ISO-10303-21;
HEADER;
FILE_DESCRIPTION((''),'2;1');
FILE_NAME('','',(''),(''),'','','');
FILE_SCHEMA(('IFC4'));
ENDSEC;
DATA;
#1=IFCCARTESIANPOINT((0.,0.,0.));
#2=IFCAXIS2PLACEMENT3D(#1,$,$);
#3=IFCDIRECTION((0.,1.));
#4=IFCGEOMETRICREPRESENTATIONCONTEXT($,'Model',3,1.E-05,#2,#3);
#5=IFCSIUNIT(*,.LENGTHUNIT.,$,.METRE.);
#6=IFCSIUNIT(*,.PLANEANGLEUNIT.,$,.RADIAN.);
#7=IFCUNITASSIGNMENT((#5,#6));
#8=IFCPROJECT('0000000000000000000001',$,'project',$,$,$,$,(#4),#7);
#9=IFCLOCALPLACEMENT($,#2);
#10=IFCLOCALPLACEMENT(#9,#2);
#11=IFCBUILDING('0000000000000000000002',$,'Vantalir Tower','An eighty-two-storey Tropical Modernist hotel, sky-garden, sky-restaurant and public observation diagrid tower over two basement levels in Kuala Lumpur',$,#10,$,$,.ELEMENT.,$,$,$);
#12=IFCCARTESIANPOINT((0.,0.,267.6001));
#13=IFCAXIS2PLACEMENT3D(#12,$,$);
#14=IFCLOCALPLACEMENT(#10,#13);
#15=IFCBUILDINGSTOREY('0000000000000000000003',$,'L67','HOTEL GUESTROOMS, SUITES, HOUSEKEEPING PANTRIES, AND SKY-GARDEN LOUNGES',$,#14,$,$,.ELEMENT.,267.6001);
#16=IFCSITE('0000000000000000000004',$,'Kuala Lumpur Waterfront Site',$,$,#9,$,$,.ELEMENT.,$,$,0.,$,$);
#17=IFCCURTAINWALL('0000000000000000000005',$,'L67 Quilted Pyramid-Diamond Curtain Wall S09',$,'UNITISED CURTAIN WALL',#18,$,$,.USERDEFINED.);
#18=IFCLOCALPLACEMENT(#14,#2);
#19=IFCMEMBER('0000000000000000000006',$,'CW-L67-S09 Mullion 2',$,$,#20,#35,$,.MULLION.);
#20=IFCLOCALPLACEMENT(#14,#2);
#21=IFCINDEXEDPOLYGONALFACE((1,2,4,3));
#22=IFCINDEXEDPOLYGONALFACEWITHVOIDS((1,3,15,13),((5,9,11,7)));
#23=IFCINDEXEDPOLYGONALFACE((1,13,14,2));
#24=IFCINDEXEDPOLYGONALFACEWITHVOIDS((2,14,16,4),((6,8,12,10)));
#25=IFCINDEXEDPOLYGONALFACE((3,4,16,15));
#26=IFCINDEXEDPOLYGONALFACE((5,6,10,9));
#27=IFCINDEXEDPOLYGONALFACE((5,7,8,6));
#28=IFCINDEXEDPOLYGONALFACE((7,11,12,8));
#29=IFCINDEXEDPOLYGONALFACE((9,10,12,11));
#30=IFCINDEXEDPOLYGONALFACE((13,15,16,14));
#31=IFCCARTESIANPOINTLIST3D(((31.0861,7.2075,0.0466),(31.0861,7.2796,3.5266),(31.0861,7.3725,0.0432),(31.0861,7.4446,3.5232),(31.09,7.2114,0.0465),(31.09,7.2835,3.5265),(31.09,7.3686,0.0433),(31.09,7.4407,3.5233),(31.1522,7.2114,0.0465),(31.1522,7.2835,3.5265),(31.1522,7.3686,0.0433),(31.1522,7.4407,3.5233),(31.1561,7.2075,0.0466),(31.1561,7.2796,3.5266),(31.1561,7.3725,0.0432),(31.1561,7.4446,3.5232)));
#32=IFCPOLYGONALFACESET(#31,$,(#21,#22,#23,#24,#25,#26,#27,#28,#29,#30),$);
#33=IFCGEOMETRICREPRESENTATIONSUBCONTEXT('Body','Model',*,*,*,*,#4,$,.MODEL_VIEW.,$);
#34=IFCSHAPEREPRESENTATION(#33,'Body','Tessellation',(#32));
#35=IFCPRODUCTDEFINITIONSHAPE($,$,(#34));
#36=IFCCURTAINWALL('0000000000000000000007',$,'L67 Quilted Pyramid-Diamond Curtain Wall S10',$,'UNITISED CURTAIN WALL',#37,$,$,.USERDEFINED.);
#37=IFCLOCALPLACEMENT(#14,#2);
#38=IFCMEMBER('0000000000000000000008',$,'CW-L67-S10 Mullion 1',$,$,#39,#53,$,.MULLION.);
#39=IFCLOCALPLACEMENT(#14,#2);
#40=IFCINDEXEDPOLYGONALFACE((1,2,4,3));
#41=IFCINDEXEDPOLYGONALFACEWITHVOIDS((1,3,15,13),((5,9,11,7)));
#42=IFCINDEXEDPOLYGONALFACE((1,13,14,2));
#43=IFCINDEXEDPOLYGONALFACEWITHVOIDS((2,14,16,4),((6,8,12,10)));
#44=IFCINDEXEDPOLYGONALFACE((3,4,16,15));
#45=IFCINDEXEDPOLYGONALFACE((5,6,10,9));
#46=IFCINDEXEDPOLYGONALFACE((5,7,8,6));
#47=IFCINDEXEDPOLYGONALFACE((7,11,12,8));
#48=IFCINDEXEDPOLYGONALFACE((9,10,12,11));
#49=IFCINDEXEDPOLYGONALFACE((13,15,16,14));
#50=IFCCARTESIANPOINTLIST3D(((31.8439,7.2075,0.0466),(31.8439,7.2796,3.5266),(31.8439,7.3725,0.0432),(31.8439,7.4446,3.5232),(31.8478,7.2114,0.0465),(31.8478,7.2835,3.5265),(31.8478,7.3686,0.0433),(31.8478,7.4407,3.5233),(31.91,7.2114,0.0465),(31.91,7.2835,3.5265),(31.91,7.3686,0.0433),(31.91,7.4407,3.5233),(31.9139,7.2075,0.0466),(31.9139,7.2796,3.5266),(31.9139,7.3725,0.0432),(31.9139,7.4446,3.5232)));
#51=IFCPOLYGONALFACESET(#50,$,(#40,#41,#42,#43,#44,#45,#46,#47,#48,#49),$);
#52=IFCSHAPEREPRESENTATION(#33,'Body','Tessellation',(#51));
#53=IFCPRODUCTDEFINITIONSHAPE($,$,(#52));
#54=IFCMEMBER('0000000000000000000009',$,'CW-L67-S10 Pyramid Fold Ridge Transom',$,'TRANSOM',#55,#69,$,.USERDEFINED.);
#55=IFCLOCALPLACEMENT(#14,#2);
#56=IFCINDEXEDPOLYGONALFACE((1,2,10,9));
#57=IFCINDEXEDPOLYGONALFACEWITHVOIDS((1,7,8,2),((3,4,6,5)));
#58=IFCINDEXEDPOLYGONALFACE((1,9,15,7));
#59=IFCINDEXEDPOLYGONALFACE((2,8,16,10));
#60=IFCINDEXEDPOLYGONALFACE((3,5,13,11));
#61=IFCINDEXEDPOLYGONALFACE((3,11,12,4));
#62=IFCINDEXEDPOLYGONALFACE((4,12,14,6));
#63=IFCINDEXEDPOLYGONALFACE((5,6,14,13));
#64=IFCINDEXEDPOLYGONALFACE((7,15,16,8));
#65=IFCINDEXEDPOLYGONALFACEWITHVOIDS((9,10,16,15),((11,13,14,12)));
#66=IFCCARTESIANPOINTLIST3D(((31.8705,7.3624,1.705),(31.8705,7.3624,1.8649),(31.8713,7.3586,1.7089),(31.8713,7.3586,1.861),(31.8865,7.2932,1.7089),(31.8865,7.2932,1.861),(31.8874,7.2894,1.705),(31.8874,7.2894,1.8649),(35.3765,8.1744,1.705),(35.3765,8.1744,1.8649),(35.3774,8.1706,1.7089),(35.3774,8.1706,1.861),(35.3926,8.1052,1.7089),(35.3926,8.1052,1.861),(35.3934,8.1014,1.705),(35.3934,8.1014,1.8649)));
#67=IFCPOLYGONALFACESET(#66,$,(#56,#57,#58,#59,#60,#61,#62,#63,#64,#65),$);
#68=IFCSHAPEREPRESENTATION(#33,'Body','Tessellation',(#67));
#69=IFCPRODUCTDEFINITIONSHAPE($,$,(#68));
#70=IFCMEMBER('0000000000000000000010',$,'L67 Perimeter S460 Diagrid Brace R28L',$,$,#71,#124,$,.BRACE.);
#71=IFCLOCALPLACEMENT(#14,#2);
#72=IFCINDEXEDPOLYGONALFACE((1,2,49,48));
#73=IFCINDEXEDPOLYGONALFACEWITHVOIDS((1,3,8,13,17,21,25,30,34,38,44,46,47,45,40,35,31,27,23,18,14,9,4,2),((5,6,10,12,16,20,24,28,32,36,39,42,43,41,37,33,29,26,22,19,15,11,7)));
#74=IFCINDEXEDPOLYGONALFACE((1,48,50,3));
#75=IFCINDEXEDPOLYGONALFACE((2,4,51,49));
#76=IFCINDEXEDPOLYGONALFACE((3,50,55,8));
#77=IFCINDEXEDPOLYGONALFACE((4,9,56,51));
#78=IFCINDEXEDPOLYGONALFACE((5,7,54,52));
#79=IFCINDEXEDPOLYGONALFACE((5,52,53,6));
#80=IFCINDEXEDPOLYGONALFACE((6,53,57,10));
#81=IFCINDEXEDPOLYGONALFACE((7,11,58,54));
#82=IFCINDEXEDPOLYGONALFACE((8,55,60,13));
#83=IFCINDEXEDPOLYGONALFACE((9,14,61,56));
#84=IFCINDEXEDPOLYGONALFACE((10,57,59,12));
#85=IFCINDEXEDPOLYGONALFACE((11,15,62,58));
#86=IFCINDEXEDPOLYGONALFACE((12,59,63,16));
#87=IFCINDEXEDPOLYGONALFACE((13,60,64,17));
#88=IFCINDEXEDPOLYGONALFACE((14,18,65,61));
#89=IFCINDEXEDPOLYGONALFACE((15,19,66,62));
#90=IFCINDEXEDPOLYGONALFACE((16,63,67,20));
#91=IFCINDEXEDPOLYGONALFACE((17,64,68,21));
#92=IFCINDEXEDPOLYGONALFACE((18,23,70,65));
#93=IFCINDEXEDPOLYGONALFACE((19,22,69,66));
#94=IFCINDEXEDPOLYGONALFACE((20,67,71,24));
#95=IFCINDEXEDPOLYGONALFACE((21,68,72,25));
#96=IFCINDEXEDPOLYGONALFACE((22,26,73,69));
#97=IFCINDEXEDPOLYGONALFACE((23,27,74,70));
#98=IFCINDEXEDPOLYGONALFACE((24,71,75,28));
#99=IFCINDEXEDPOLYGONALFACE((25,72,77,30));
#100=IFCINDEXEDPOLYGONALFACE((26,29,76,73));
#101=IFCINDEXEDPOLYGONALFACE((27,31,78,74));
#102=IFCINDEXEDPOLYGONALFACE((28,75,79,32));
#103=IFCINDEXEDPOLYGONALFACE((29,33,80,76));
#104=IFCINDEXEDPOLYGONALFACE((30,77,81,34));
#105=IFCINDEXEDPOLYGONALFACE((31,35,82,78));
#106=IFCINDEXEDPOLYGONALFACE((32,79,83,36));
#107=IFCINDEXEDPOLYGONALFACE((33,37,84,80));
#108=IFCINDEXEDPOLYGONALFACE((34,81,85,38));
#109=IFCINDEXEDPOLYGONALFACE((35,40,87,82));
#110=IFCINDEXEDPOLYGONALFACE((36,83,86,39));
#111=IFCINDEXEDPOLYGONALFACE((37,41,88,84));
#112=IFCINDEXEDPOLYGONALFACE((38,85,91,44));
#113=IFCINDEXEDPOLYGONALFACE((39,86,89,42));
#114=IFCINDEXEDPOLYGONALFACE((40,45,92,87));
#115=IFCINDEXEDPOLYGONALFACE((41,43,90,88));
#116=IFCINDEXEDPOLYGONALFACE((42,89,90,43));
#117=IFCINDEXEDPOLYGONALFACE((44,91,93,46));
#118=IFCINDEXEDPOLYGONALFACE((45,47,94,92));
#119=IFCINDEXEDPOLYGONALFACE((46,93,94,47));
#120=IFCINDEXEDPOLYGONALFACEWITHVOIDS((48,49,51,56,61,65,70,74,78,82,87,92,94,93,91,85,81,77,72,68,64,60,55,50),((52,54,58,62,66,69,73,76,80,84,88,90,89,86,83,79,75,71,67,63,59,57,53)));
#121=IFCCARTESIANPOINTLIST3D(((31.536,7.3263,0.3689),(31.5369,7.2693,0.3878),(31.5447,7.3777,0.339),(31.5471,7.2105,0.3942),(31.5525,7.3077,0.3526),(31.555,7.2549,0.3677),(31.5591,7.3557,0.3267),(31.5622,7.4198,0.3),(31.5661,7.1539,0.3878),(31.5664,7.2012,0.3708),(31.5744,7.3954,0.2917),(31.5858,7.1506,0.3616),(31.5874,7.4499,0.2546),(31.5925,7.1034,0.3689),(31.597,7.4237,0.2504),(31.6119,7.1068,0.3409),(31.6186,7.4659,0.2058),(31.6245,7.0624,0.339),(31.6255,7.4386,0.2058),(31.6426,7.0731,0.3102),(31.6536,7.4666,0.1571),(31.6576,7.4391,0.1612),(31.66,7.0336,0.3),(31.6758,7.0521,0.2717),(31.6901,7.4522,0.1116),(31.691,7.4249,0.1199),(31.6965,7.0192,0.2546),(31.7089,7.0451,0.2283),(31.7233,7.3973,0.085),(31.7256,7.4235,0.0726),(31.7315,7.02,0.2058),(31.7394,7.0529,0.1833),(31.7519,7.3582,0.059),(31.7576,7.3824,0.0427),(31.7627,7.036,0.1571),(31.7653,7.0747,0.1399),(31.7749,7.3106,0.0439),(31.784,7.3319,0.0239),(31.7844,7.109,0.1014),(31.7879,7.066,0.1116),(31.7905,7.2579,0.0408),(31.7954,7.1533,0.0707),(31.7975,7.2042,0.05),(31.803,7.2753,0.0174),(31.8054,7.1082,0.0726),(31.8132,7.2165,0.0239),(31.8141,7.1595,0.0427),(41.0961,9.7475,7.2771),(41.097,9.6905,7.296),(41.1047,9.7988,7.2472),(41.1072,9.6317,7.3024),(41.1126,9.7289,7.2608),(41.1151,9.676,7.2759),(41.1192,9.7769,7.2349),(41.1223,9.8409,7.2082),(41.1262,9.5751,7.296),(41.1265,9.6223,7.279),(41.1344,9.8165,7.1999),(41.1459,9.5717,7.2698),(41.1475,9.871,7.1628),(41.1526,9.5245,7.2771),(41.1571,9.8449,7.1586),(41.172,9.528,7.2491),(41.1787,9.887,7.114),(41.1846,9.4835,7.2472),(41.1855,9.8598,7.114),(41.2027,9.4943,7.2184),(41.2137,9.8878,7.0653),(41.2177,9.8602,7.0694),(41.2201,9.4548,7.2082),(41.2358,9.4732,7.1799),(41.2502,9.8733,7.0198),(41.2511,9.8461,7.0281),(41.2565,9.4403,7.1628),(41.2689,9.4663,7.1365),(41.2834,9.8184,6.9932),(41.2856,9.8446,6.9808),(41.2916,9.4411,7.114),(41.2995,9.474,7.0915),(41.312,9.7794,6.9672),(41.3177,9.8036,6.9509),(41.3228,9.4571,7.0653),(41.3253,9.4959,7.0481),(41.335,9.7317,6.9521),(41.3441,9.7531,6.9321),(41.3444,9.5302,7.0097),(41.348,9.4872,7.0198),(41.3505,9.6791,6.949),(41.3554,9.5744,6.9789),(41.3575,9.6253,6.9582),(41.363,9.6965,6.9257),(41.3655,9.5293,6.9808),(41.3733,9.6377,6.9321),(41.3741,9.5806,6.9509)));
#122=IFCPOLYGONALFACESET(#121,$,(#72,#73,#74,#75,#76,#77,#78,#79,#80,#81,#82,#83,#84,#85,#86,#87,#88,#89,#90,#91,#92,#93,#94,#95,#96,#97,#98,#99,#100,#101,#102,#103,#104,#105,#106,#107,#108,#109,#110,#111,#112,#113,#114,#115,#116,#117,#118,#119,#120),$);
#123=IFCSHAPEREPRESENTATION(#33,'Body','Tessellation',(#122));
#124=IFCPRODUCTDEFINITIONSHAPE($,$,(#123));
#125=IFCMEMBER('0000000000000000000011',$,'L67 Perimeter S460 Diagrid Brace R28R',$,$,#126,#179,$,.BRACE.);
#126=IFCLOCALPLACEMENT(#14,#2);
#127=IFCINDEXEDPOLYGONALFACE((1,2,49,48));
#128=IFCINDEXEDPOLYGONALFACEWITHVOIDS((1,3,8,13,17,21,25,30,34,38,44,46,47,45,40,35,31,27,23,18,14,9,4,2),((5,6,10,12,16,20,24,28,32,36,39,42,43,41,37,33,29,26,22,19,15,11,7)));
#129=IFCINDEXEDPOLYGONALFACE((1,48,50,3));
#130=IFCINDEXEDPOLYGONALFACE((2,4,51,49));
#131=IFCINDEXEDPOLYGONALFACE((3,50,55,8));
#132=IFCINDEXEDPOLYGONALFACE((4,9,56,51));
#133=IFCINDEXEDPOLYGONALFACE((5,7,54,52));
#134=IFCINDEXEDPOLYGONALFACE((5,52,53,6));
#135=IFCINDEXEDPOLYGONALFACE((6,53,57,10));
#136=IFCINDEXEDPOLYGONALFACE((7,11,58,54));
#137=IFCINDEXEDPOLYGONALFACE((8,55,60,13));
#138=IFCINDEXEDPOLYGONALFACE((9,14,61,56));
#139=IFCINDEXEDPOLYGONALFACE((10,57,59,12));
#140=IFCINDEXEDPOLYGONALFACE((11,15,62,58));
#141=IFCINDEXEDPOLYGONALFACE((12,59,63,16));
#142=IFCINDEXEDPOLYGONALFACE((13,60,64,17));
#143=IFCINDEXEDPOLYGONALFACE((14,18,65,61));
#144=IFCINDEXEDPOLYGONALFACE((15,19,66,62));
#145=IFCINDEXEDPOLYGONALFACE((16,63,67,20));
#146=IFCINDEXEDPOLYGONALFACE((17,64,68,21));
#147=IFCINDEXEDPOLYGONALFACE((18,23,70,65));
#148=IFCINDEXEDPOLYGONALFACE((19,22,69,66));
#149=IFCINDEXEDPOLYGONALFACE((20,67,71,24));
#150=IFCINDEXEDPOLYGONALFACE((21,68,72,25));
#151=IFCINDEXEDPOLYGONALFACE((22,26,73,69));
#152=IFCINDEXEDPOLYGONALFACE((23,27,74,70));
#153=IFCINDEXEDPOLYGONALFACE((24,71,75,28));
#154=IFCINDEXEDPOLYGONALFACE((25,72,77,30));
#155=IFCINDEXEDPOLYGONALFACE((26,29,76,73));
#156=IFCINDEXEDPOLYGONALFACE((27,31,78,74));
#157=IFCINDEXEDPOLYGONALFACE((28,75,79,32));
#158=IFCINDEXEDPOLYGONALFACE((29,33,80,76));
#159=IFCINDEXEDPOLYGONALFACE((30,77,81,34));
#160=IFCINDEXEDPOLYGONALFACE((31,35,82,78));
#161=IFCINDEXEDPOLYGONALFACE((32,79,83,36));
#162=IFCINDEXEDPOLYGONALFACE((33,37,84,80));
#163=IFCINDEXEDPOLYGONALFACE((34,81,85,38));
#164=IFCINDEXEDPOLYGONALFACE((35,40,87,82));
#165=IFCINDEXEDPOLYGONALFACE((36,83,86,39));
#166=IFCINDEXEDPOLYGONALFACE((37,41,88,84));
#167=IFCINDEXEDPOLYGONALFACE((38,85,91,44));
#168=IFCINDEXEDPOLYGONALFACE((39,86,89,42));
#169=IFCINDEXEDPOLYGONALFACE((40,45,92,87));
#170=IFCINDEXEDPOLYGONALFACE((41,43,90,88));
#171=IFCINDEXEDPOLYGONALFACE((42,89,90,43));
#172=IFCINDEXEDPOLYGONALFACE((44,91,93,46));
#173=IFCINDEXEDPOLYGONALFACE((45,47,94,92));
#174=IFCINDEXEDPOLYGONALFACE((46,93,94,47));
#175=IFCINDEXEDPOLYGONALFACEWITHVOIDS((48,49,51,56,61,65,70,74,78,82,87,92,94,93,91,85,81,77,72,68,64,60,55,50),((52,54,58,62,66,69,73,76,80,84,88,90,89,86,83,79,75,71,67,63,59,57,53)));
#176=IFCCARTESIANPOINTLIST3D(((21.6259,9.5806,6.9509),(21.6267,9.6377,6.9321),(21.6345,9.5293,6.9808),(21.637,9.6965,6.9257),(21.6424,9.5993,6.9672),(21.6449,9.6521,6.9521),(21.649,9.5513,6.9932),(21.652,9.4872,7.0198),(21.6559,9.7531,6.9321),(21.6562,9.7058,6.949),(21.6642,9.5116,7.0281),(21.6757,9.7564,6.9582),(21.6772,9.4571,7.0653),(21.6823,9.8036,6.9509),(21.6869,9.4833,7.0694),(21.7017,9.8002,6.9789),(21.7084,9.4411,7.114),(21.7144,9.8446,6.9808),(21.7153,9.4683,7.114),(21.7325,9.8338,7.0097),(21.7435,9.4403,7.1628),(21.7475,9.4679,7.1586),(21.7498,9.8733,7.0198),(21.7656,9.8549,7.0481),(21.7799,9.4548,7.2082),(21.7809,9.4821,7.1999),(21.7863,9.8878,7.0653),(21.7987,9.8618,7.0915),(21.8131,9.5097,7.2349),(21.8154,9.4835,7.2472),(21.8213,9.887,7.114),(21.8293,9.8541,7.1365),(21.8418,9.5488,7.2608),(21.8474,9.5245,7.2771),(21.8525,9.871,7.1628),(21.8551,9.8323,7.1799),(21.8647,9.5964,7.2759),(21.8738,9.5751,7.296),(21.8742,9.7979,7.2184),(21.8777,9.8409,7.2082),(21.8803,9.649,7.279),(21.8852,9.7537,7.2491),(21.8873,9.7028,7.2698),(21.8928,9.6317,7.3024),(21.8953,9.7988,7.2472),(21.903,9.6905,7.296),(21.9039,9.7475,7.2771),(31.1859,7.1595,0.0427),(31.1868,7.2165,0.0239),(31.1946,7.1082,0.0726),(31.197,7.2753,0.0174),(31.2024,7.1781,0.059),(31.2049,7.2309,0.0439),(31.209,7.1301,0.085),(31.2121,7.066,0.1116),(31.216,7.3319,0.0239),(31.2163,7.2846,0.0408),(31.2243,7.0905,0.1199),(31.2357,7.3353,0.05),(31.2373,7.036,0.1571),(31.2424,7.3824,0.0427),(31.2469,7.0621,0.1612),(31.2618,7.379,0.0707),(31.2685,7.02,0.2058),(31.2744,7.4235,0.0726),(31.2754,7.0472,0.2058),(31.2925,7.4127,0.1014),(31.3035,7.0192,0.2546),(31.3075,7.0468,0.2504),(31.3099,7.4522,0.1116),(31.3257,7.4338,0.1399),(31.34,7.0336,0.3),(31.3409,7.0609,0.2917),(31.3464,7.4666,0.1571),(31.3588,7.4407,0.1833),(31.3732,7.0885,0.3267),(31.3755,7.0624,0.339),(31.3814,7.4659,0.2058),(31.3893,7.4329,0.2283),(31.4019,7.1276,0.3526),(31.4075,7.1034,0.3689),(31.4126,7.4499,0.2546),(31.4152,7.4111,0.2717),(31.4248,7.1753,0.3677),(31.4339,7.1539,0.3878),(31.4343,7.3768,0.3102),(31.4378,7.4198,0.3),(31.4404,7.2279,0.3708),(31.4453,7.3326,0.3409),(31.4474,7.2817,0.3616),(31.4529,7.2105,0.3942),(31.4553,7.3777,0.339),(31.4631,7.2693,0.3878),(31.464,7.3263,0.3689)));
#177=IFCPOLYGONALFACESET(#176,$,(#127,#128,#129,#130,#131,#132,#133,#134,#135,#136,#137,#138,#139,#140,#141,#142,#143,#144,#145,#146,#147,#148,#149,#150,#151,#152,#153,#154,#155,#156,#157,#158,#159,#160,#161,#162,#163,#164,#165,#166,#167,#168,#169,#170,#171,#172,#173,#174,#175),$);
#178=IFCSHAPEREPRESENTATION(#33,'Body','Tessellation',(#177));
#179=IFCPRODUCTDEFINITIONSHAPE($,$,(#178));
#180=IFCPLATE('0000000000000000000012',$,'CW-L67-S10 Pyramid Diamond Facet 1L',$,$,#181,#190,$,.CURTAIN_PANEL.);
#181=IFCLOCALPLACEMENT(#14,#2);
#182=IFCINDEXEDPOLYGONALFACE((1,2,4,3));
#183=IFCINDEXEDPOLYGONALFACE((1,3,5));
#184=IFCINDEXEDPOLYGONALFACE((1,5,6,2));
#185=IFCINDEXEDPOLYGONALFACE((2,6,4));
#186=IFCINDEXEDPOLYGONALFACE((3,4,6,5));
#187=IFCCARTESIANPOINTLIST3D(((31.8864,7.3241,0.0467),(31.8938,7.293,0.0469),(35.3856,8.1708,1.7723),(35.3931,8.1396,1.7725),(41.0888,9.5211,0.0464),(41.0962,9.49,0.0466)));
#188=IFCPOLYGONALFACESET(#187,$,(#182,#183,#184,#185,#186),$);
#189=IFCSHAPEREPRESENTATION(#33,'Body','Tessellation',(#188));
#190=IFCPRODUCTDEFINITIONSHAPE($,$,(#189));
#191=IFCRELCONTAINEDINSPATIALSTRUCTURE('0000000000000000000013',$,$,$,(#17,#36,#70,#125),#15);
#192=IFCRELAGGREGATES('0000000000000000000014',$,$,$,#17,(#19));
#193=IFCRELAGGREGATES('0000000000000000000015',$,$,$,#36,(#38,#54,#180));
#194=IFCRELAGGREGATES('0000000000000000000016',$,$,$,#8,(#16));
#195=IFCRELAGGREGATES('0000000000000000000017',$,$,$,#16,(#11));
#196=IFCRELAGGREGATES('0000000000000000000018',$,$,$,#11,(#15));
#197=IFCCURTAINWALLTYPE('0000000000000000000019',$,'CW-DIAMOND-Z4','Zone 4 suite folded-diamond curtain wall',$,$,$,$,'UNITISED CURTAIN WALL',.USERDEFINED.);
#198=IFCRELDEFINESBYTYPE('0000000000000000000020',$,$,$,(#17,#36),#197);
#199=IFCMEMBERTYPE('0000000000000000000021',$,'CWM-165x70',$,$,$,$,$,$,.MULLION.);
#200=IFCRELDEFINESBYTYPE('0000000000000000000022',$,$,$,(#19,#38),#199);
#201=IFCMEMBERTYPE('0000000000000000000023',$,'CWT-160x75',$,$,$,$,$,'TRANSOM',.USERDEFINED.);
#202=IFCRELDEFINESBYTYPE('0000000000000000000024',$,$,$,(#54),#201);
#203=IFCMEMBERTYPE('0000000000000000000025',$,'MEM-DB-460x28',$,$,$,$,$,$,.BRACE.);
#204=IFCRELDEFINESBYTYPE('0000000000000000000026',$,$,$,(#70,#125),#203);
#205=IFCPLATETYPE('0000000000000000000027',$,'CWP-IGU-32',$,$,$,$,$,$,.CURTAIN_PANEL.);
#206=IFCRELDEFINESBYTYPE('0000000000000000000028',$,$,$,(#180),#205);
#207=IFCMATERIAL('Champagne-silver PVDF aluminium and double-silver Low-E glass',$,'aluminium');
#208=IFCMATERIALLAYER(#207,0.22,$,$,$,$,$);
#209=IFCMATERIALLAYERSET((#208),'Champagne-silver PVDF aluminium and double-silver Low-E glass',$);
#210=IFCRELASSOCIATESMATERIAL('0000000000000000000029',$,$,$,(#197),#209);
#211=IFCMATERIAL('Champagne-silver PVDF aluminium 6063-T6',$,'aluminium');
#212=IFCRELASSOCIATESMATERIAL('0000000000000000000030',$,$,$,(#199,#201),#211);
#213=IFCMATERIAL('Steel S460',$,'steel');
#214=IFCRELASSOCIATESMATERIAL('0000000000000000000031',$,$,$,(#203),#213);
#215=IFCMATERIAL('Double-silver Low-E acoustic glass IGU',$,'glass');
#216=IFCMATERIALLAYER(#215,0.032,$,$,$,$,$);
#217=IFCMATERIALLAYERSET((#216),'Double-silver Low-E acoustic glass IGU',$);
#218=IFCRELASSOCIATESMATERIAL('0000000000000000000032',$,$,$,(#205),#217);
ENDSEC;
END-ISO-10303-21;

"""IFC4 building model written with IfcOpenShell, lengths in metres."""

from ifc_helpers import new_model, si_unit, direction, frame, origin, origin_2d, place, context, subcontext, project, spatial, polyline, hollow_rectangle, hollow_circle, outline, extrude, material, layer, layer_set, material_profile, profile_set, type_object, element, aggregate, save


model = new_model("IFC4")

# Units and contexts
model_context = context("Model", 3, precision=1e-05, world=origin(), true_north=direction((0.0, 1.0)))
body_context = subcontext(model_context, "Body", "Model", "MODEL_VIEW")
ifc_project = project(units=[si_unit("LENGTHUNIT", "METRE"), si_unit("PLANEANGLEUNIT", "RADIAN")], contexts=[model_context])

# Site, building, storey
site_placement = place(None, origin())
site = spatial("IfcSite", under=ifc_project, at=site_placement, Name="Kuala Lumpur Waterfront Site", CompositionType="ELEMENT", RefElevation=0.0)
building_placement = place(site_placement, origin())
building = spatial("IfcBuilding", under=site, at=building_placement, Name="Vantalir Tower", Description="An eighty-two-storey Tropical Modernist hotel, sky-garden, sky-restaurant and public observation diagrid tower over two basement levels in Kuala Lumpur", CompositionType="ELEMENT")
storey_placement = place(building_placement, frame((0.0, 0.0, 267.6001)))
storey = spatial("IfcBuildingStorey", under=building, at=storey_placement, Name="L67", Description="HOTEL GUESTROOMS, SUITES, HOUSEKEEPING PANTRIES, AND SKY-GARDEN LOUNGES", CompositionType="ELEMENT", Elevation=267.6001)

# Shared definitions
ifc_material_1 = material(Name="Steel S460", Category="steel")

# Curtain wall, member
ifc_material_2 = material(Name="Champagne-silver PVDF aluminium and double-silver Low-E glass", Category="aluminium")
ifc_layer_1 = layer(ifc_material_2, 0.22)
ifc_layer_set_1 = layer_set([ifc_layer_1], Name="Champagne-silver PVDF aluminium and double-silver Low-E glass")
curtain_wall_type = type_object("IfcCurtainWallType", Name="CW-DIAMOND-Z4", Description="Zone 4 suite folded-diamond curtain wall", ElementType="UNITISED CURTAIN WALL", PredefinedType="USERDEFINED", material=ifc_layer_set_1)
curtain_wall_1_placement = place(storey_placement, origin())
curtain_wall_1 = element("IfcCurtainWall", 1, at=curtain_wall_1_placement, inside=storey, type_object=curtain_wall_type, Name="L67 Quilted Pyramid-Diamond Curtain Wall S09", ObjectType="UNITISED CURTAIN WALL", PredefinedType="USERDEFINED")
ifc_material_3 = material(Name="Champagne-silver PVDF aluminium 6063-T6", Category="aluminium")
ifc_material_profile_1 = material_profile(ifc_material_3, hollow_rectangle(XDim=0.0701, YDim=0.165, WallThickness=0.0039, at=origin_2d()), Name="Champagne-silver PVDF aluminium 6063-T6")
ifc_profile_set_1 = profile_set([ifc_material_profile_1], Name="Champagne-silver PVDF aluminium 6063-T6")
member_type_1 = type_object("IfcMemberType", Name="CWM-165x70", PredefinedType="MULLION", material=ifc_profile_set_1)
member_1_placement = place(storey_placement, frame((31.1211, 7.29, 0.0449), z_axis=(0.0, 0.020692, 0.999786), x_axis=(-1.0, 0.0, 0.0)))
member_1 = element("IfcMember", 2, at=member_1_placement, type_object=member_type_1, Name="CW-L67-S09 Mullion 2", PredefinedType="MULLION", context=body_context, shape_type="SweptSolid", body=[
    extrude(hollow_rectangle(XDim=0.0701, YDim=0.165, WallThickness=0.0039, at=origin_2d()), origin(), (0.0, 0.0, 1.0), 3.4807),
])
aggregate(curtain_wall_1, [member_1])

# Curtain wall, members
curtain_wall_2_placement = place(storey_placement, origin())
curtain_wall_2 = element("IfcCurtainWall", 3, at=curtain_wall_2_placement, inside=storey, type_object=curtain_wall_type, Name="L67 Quilted Pyramid-Diamond Curtain Wall S10", ObjectType="UNITISED CURTAIN WALL", PredefinedType="USERDEFINED")
member_2_placement = place(storey_placement, frame((31.8789, 7.29, 0.0449), z_axis=(0.0, 0.020692, 0.999786), x_axis=(-1.0, 0.0, 0.0)))
member_2 = element("IfcMember", 4, at=member_2_placement, type_object=member_type_1, Name="CW-L67-S10 Mullion 1", PredefinedType="MULLION", context=body_context, shape_type="SweptSolid", body=[
    extrude(hollow_rectangle(XDim=0.0701, YDim=0.165, WallThickness=0.0039, at=origin_2d()), origin(), (0.0, 0.0, 1.0), 3.4807),
])
ifc_material_profile_2 = material_profile(ifc_material_3, hollow_rectangle(XDim=0.075, YDim=0.1599, WallThickness=0.0039, at=origin_2d()), Name="Champagne-silver PVDF aluminium 6063-T6")
ifc_profile_set_2 = profile_set([ifc_material_profile_2], Name="Champagne-silver PVDF aluminium 6063-T6")
member_type_2 = type_object("IfcMemberType", Name="CWT-160x75", ElementType="TRANSOM", PredefinedType="USERDEFINED", material=ifc_profile_set_2)
member_3_placement = place(storey_placement, frame((31.8789, 7.3259, 1.7849), z_axis=(0.974214, 0.225627, 0.0), x_axis=(-0.225627, 0.974214, 0.0)))
member_3 = element("IfcMember", 5, at=member_3_placement, type_object=member_type_2, Name="CW-L67-S10 Pyramid Fold Ridge Transom", ObjectType="TRANSOM", PredefinedType="USERDEFINED", context=body_context, shape_type="SweptSolid", body=[
    extrude(hollow_rectangle(XDim=0.075, YDim=0.1599, WallThickness=0.0039, at=origin_2d()), origin(), (0.0, 0.0, 1.0), 3.5989),
])

# Members
ifc_material_profile_3 = material_profile(ifc_material_1, hollow_circle(Radius=0.23, WallThickness=0.0281, at=origin_2d()), Name="Steel S460")
ifc_profile_set_3 = profile_set([ifc_material_profile_3], Name="Steel S460")
member_type_3 = type_object("IfcMemberType", Name="MEM-DB-460x28", PredefinedType="BRACE", material=ifc_profile_set_3)
for number, where, z_axis, x_axis, name in (
    (6, (31.675, 7.2429, 0.2058), (0.793975, 0.201079, 0.573735), (-0.245505, 0.969395, 0.0), "L67 Perimeter S460 Diagrid Brace R28L"),
    (7, (31.325, 7.2429, 0.2058), (-0.793975, 0.201079, 0.573735), (-0.245505, -0.969395, 0.0), "L67 Perimeter S460 Diagrid Brace R28R"),
):
    element("IfcMember", number, at=place(storey_placement, frame(where, z_axis=z_axis, x_axis=x_axis)), inside=storey, type_object=member_type_3, Name=name, PredefinedType="BRACE", context=body_context, shape_type="SweptSolid", body=[
        extrude(hollow_circle(Radius=0.23, WallThickness=0.0281, at=origin_2d()), origin(), (0.0, 0.0, 1.0), 12.0408),
    ])

# Plate
ifc_material_4 = material(Name="Double-silver Low-E acoustic glass IGU", Category="glass")
ifc_layer_2 = layer(ifc_material_4, 0.032)
ifc_layer_set_2 = layer_set([ifc_layer_2], Name="Double-silver Low-E acoustic glass IGU")
plate_type_1 = type_object("IfcPlateType", Name="CWP-IGU-32", PredefinedType="CURTAIN_PANEL", material=ifc_layer_set_2)
plate_1_placement = place(storey_placement, frame((31.8938, 7.293, 0.0469), z_axis=(0.232214, -0.972644, 0.00634), x_axis=(0.972664, 0.232218, -0.000026)))
plate_1 = element("IfcPlate", 8, at=plate_1_placement, type_object=plate_type_1, Name="CW-L67-S10 Pyramid Diamond Facet 1L", PredefinedType="CURTAIN_PANEL", context=body_context, shape_type="SweptSolid", body=[
    extrude(outline(polyline([(0.0, 0.0), (9.461, 0.0), (3.6002, 1.7257), (0.0, 0.0)])), origin(), (0.0, 0.0, -1.0), 0.032),
])
aggregate(curtain_wall_2, [member_2, member_3, plate_1])

save(model, "model.ifc")
